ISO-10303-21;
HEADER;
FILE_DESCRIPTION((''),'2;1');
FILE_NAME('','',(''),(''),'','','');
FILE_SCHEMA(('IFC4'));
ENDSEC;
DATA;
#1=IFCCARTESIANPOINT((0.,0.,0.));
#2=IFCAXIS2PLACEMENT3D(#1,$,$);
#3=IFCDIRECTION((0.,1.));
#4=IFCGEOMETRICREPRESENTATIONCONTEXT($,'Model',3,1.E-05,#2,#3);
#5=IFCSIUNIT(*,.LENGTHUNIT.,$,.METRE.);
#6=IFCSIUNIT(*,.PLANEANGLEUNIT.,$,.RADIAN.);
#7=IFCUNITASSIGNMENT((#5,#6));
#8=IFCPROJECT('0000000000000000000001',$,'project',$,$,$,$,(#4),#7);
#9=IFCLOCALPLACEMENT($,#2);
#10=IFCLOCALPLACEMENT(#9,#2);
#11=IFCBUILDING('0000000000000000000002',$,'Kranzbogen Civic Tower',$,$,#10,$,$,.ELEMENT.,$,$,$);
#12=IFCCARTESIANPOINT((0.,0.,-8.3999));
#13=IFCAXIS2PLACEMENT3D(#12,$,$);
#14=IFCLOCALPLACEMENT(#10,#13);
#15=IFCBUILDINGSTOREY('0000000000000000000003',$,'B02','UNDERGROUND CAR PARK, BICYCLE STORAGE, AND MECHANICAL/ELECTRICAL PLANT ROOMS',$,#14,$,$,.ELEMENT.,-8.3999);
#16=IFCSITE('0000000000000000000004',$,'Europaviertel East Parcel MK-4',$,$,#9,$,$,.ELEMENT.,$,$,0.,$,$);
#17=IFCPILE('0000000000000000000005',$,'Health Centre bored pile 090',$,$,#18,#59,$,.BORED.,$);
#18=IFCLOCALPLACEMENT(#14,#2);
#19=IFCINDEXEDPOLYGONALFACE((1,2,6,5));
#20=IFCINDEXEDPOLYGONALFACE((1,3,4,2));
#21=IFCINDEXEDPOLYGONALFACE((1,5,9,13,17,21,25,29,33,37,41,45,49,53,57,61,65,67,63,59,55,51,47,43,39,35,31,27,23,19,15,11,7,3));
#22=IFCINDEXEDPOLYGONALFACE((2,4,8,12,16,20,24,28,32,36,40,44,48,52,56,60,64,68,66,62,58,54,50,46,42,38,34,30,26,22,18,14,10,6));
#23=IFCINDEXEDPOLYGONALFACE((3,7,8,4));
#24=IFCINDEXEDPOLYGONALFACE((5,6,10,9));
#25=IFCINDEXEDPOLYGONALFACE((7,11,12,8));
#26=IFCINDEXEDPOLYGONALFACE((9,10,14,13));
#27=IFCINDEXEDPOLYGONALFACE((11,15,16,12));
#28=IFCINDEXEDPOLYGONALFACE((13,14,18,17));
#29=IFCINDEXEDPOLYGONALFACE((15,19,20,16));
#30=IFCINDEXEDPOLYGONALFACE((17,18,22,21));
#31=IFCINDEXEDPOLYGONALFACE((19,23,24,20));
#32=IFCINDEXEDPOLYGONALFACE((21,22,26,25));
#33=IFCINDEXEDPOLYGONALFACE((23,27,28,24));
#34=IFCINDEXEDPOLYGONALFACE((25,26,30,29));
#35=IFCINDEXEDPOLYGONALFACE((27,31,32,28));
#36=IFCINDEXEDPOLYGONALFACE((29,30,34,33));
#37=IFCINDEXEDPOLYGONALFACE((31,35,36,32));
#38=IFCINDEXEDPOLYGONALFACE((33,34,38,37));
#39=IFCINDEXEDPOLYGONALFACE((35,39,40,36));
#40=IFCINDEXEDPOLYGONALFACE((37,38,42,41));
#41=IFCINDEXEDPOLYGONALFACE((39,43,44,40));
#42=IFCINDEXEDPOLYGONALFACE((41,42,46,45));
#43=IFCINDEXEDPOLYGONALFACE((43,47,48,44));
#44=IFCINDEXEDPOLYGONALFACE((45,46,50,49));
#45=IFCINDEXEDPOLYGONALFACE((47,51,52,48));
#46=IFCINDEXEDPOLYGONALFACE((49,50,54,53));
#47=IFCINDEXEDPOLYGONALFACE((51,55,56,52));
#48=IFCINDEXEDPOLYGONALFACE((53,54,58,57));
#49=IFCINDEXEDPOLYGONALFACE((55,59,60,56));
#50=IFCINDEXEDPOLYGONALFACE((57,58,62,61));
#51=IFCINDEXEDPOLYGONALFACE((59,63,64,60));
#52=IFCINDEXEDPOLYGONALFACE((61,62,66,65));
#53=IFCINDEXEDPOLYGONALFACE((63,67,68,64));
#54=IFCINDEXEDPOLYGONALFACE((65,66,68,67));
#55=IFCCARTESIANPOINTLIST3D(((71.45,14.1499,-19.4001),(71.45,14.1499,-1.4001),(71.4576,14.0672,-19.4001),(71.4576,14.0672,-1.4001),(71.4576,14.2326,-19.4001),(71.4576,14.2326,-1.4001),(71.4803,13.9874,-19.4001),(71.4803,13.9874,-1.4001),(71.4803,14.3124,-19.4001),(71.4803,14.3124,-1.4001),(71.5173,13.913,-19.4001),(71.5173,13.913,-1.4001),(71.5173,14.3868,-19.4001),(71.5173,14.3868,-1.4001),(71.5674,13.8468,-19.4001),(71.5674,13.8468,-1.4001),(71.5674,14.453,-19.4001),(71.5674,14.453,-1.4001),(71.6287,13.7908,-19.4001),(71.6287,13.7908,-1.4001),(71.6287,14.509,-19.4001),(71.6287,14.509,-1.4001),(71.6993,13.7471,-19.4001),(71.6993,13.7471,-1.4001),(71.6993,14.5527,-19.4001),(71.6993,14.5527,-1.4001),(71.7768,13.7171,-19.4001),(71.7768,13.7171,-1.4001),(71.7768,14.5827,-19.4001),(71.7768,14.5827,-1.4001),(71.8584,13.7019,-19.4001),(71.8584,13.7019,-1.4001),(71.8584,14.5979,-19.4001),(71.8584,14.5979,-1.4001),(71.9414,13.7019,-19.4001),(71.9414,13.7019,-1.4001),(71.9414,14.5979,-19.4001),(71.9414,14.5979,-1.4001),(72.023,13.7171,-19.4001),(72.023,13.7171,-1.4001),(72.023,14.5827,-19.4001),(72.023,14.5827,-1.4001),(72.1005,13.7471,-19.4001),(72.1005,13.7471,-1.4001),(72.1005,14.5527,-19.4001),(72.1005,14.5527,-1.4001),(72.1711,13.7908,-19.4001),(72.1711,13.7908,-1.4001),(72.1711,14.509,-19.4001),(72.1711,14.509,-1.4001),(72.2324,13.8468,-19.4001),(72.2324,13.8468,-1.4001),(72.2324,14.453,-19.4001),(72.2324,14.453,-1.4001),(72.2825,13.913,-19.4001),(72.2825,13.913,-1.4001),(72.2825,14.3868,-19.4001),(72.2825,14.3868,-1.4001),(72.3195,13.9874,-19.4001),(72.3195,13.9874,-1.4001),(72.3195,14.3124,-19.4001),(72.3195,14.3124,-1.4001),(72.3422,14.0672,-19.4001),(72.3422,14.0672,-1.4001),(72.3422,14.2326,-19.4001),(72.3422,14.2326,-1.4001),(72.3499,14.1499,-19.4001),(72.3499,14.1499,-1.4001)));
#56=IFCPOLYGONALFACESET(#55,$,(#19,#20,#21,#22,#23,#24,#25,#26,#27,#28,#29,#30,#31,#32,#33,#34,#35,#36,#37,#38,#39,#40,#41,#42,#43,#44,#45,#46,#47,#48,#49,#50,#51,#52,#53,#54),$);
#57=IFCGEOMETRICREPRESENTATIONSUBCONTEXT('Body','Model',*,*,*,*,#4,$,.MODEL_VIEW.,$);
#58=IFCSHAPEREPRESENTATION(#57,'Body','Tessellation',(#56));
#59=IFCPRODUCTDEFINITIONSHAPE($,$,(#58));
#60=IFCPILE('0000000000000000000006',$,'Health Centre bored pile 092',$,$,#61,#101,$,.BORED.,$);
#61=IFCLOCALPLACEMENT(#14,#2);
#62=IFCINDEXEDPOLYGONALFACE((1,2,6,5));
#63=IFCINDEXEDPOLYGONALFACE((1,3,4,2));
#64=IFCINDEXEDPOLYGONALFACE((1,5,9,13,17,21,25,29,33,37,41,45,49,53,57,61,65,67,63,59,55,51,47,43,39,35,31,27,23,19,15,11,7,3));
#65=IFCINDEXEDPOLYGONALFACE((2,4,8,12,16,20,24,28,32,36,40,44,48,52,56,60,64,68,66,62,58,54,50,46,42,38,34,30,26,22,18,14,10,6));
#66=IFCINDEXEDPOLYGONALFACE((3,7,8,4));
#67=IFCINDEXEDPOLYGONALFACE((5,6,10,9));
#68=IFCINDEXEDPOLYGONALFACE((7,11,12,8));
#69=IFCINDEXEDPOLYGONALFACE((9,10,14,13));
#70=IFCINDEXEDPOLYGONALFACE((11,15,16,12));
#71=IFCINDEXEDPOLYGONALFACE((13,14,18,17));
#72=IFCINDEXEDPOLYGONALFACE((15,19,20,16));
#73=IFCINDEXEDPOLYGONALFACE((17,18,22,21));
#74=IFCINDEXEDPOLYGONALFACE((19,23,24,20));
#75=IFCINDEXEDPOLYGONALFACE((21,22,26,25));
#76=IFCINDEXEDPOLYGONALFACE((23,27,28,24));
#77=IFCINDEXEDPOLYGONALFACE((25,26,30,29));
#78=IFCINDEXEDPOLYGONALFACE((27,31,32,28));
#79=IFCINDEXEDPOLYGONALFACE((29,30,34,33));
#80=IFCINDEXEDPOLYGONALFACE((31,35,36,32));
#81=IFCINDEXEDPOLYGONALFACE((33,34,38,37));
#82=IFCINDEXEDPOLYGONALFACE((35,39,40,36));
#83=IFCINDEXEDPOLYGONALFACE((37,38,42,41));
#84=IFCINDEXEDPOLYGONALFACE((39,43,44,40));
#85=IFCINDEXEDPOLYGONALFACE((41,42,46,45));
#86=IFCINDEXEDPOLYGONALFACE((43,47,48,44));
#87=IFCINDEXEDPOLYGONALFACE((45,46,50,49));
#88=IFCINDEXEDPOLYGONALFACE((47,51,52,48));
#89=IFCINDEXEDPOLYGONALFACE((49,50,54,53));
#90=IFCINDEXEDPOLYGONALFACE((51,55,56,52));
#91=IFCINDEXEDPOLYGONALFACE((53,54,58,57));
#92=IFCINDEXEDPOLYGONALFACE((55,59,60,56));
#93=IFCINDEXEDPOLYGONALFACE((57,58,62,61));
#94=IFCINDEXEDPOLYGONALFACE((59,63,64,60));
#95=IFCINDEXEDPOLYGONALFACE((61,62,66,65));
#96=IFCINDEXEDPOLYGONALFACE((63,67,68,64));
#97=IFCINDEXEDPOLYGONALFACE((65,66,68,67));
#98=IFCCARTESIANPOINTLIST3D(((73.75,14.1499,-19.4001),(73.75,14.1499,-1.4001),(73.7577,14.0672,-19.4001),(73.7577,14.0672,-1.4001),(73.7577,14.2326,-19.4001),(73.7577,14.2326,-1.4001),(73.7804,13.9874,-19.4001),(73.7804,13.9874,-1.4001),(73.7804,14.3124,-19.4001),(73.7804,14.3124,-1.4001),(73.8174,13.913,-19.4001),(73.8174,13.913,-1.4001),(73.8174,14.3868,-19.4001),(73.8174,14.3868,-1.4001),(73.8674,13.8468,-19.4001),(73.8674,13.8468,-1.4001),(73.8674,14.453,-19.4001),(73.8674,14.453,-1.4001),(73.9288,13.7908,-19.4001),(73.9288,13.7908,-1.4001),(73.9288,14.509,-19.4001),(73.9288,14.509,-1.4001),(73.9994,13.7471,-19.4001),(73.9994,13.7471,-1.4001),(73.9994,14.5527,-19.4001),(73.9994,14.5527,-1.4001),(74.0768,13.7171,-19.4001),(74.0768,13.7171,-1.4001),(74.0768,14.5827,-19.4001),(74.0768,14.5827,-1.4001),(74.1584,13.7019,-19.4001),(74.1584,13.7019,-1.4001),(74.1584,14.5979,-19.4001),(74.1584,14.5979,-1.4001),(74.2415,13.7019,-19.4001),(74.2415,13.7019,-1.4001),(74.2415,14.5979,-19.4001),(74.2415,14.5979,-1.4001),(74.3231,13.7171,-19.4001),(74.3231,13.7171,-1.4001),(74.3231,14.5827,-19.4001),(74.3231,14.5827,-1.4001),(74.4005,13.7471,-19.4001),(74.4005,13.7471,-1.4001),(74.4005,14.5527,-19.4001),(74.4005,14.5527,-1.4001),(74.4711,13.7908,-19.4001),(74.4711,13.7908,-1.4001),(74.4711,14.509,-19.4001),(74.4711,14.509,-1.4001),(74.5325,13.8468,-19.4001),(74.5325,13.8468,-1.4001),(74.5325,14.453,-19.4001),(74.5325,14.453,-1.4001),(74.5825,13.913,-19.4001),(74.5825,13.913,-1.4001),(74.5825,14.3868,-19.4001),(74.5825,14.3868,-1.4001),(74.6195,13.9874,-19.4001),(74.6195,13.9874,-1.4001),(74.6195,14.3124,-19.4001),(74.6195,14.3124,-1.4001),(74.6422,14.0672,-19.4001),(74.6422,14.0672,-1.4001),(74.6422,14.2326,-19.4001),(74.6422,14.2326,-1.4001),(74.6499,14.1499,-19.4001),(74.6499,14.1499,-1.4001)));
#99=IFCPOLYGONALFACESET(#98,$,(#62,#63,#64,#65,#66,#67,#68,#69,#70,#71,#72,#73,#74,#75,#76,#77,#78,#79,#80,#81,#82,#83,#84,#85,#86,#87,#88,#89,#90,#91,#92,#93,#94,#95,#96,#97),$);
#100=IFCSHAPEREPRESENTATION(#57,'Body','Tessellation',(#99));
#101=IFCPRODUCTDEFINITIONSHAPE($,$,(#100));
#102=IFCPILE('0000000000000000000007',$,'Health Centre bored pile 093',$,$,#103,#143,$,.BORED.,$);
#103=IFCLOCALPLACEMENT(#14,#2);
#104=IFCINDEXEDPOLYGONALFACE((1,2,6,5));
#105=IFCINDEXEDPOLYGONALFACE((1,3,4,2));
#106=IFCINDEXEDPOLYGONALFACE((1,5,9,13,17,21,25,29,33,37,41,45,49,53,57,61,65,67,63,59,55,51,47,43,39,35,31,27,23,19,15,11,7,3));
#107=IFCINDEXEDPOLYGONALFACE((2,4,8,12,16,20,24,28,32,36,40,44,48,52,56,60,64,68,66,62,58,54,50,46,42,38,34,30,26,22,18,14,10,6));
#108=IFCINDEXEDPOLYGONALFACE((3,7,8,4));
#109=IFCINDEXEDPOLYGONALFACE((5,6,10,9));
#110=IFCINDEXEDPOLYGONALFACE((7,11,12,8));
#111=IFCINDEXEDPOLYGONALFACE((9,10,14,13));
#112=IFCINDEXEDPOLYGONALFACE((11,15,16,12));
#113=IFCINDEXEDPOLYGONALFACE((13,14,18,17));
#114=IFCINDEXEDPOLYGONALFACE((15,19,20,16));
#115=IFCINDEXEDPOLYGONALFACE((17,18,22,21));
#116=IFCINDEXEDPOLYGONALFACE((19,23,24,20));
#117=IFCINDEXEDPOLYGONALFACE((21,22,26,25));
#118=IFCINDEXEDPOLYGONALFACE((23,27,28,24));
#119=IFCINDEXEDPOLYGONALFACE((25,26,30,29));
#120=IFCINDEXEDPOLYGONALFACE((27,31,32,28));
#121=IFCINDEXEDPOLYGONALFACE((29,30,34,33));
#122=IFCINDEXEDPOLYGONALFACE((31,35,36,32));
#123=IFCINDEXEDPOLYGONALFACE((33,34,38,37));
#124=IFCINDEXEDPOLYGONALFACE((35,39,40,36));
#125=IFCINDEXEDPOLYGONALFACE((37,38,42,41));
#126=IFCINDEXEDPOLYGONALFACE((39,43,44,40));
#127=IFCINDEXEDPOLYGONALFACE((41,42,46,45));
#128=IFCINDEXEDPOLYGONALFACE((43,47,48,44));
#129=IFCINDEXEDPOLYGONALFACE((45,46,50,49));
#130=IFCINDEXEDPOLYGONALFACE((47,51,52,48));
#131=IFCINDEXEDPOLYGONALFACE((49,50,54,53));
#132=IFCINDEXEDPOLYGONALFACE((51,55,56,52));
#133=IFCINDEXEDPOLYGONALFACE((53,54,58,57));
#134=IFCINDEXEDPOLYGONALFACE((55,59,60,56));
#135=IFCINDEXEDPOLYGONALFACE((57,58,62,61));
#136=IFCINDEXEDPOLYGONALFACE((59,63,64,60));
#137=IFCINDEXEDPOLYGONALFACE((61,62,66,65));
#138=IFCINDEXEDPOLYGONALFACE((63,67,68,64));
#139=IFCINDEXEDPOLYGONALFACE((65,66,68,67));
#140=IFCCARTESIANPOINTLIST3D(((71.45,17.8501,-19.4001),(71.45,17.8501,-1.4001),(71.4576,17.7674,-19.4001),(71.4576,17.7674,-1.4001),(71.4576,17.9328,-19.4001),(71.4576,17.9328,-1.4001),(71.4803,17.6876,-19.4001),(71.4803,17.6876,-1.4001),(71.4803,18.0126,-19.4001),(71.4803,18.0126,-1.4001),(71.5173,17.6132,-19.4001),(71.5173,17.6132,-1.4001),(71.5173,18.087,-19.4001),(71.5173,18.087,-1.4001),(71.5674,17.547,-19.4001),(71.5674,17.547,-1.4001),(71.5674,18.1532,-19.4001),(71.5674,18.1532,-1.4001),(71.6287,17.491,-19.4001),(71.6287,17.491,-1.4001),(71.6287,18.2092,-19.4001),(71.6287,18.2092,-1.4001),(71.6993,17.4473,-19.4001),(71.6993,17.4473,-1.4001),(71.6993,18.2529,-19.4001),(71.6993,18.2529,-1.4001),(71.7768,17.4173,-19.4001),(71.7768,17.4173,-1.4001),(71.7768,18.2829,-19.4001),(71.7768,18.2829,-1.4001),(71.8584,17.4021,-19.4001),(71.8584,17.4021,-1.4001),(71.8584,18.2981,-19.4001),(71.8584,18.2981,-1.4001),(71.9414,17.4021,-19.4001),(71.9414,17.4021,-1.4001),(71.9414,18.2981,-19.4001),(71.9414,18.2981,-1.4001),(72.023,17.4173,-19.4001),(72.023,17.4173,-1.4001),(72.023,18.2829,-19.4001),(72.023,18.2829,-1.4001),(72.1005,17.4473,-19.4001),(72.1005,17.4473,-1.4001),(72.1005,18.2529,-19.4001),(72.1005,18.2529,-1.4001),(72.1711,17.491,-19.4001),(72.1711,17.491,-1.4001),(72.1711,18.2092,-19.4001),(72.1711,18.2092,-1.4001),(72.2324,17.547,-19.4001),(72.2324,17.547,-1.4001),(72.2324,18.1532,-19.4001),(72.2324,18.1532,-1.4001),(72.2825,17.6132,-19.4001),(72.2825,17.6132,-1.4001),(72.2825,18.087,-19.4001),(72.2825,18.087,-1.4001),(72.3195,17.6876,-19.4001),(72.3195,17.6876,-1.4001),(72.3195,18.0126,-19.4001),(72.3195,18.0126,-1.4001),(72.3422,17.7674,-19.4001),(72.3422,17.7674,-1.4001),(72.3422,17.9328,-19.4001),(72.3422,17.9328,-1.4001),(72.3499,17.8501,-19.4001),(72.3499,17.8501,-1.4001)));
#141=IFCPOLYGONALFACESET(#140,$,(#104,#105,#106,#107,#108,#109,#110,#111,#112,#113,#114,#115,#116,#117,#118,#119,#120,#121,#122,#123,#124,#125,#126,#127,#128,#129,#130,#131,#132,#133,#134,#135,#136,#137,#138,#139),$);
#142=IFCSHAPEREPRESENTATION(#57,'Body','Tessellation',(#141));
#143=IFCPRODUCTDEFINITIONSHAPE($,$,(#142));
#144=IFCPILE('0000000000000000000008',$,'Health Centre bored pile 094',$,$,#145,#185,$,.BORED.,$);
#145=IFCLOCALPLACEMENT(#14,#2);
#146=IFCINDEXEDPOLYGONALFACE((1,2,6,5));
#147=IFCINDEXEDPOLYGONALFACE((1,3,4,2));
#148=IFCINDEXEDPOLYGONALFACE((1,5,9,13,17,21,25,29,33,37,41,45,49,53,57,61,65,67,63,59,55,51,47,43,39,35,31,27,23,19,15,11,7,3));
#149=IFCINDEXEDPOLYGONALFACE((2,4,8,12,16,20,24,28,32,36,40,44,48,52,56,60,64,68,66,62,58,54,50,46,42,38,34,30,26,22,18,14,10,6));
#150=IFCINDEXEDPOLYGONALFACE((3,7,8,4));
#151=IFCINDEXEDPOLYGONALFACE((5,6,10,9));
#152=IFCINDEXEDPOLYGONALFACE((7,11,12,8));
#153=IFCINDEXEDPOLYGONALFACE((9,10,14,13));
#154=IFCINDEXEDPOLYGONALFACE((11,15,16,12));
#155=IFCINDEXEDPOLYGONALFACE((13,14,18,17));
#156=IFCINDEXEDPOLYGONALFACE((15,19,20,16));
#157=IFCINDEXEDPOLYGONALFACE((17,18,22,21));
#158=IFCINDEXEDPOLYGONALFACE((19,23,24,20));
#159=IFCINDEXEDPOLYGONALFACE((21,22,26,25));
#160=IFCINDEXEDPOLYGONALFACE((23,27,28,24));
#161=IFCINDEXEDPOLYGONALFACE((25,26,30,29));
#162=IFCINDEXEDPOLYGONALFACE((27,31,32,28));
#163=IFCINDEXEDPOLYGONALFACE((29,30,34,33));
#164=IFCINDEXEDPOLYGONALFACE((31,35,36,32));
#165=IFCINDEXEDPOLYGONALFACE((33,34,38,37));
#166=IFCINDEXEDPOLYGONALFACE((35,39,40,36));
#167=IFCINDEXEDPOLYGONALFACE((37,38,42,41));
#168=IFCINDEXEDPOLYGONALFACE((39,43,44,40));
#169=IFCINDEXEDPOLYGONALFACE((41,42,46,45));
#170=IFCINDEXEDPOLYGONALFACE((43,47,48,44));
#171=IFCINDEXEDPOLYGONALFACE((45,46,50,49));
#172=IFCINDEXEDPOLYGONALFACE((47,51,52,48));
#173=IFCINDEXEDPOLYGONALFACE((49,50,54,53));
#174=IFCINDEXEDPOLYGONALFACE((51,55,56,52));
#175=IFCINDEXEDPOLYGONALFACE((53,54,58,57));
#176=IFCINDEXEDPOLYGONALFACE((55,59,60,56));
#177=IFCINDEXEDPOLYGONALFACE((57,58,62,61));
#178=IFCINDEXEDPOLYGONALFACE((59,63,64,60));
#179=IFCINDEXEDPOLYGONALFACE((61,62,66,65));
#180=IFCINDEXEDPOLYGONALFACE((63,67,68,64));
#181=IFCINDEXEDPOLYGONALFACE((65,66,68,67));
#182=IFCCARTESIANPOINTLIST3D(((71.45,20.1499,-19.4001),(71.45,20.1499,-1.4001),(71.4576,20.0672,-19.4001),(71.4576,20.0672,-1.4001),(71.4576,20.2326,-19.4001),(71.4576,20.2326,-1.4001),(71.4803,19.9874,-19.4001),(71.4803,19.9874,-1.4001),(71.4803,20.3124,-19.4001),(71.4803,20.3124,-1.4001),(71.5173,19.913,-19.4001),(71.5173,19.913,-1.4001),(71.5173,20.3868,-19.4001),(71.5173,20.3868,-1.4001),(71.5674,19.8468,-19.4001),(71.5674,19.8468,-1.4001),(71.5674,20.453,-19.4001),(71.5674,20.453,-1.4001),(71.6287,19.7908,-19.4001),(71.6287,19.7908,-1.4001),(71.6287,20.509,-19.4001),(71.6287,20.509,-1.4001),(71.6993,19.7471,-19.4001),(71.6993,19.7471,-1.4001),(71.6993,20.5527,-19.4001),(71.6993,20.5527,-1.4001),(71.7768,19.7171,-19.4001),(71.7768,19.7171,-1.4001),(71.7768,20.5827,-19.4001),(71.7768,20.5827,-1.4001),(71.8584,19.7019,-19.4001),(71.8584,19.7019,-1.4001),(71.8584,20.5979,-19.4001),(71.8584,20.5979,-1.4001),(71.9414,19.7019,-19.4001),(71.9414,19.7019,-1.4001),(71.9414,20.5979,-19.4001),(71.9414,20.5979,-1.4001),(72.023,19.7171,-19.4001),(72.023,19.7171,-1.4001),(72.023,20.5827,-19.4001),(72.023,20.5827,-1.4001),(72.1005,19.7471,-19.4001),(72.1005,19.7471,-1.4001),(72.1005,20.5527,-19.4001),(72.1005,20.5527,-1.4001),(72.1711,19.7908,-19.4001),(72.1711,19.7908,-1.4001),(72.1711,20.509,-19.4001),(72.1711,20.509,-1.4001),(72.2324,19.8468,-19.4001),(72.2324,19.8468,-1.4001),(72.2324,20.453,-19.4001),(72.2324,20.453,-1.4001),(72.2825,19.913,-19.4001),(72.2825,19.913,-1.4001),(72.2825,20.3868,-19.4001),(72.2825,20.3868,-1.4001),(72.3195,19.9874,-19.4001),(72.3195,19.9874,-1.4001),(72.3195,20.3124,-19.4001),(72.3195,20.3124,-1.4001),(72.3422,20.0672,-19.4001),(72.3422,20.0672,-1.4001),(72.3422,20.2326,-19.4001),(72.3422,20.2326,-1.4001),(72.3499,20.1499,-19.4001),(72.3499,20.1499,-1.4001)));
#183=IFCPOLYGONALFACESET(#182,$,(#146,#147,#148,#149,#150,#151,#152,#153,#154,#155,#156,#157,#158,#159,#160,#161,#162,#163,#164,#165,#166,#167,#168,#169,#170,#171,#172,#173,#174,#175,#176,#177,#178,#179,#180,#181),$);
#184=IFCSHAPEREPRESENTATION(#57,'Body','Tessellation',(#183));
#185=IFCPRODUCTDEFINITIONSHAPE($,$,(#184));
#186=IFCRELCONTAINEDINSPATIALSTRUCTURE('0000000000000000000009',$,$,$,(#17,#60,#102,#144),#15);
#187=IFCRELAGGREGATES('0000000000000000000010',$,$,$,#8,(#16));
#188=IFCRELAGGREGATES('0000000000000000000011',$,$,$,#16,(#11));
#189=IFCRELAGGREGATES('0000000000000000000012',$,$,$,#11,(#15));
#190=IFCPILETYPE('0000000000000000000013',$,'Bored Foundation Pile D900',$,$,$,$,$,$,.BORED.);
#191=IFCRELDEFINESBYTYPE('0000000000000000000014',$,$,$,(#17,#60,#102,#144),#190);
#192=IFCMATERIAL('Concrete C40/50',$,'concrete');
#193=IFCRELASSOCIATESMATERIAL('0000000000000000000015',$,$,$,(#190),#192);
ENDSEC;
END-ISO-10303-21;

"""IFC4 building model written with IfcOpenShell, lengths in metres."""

from ifc_helpers import new_model, si_unit, direction, frame, origin, origin_2d, place, context, subcontext, project, spatial, circle, extrude, material, material_profile, profile_set, type_object, element, save


model = new_model("IFC4")

# Units and contexts
model_context = context("Model", 3, precision=1e-05, world=origin(), true_north=direction((0.0, 1.0)))
body_context = subcontext(model_context, "Body", "Model", "MODEL_VIEW")
ifc_project = project(units=[si_unit("LENGTHUNIT", "METRE"), si_unit("PLANEANGLEUNIT", "RADIAN")], contexts=[model_context])

# Site, building, storey
site_placement = place(None, origin())
site = spatial("IfcSite", under=ifc_project, at=site_placement, Name="Europaviertel East Parcel MK-4", CompositionType="ELEMENT", RefElevation=0.0)
building_placement = place(site_placement, origin())
building = spatial("IfcBuilding", under=site, at=building_placement, Name="Kranzbogen Civic Tower", CompositionType="ELEMENT")
storey_placement = place(building_placement, frame((0.0, 0.0, -8.3999)))
storey = spatial("IfcBuildingStorey", under=building, at=storey_placement, Name="B02", Description="UNDERGROUND CAR PARK, BICYCLE STORAGE, AND MECHANICAL/ELECTRICAL PLANT ROOMS", CompositionType="ELEMENT", Elevation=-8.3999)

# Piles
ifc_material_1 = material(Name="Concrete C40/50", Category="concrete")
ifc_material_profile_1 = material_profile(ifc_material_1, circle(Radius=0.45, at=origin_2d()), Name="PILE D900")
ifc_profile_set_1 = profile_set([ifc_material_profile_1], Name="Concrete C40/50")
pile_type_1 = type_object("IfcPileType", Name="Bored Foundation Pile D900", PredefinedType="BORED", material=ifc_profile_set_1)
for number, where, z_axis, x_axis, name in (
    (1, (71.8999, 14.1499, -1.4001), (0.0, 0.0, -1.0), (1.0, 0.0, 0.0), "Health Centre bored pile 090"),
    (2, (74.2, 14.1499, -1.4001), (0.0, 0.0, -1.0), (1.0, 0.0, 0.0), "Health Centre bored pile 092"),
    (3, (71.8999, 17.8501, -1.4001), (0.0, 0.0, -1.0), (1.0, 0.0, 0.0), "Health Centre bored pile 093"),
    (4, (71.8999, 20.1499, -1.4001), (0.0, 0.0, -1.0), (1.0, 0.0, 0.0), "Health Centre bored pile 094"),
):
    element("IfcPile", number, at=place(storey_placement, frame(where, z_axis=z_axis, x_axis=x_axis)), inside=storey, type_object=pile_type_1, Name=name, PredefinedType="BORED", context=body_context, shape_type="SweptSolid", body=[
        extrude(circle(Radius=0.45, at=origin_2d()), origin(), (0.0, 0.0, 1.0), 18.0),
    ])

save(model, "model.ifc")
